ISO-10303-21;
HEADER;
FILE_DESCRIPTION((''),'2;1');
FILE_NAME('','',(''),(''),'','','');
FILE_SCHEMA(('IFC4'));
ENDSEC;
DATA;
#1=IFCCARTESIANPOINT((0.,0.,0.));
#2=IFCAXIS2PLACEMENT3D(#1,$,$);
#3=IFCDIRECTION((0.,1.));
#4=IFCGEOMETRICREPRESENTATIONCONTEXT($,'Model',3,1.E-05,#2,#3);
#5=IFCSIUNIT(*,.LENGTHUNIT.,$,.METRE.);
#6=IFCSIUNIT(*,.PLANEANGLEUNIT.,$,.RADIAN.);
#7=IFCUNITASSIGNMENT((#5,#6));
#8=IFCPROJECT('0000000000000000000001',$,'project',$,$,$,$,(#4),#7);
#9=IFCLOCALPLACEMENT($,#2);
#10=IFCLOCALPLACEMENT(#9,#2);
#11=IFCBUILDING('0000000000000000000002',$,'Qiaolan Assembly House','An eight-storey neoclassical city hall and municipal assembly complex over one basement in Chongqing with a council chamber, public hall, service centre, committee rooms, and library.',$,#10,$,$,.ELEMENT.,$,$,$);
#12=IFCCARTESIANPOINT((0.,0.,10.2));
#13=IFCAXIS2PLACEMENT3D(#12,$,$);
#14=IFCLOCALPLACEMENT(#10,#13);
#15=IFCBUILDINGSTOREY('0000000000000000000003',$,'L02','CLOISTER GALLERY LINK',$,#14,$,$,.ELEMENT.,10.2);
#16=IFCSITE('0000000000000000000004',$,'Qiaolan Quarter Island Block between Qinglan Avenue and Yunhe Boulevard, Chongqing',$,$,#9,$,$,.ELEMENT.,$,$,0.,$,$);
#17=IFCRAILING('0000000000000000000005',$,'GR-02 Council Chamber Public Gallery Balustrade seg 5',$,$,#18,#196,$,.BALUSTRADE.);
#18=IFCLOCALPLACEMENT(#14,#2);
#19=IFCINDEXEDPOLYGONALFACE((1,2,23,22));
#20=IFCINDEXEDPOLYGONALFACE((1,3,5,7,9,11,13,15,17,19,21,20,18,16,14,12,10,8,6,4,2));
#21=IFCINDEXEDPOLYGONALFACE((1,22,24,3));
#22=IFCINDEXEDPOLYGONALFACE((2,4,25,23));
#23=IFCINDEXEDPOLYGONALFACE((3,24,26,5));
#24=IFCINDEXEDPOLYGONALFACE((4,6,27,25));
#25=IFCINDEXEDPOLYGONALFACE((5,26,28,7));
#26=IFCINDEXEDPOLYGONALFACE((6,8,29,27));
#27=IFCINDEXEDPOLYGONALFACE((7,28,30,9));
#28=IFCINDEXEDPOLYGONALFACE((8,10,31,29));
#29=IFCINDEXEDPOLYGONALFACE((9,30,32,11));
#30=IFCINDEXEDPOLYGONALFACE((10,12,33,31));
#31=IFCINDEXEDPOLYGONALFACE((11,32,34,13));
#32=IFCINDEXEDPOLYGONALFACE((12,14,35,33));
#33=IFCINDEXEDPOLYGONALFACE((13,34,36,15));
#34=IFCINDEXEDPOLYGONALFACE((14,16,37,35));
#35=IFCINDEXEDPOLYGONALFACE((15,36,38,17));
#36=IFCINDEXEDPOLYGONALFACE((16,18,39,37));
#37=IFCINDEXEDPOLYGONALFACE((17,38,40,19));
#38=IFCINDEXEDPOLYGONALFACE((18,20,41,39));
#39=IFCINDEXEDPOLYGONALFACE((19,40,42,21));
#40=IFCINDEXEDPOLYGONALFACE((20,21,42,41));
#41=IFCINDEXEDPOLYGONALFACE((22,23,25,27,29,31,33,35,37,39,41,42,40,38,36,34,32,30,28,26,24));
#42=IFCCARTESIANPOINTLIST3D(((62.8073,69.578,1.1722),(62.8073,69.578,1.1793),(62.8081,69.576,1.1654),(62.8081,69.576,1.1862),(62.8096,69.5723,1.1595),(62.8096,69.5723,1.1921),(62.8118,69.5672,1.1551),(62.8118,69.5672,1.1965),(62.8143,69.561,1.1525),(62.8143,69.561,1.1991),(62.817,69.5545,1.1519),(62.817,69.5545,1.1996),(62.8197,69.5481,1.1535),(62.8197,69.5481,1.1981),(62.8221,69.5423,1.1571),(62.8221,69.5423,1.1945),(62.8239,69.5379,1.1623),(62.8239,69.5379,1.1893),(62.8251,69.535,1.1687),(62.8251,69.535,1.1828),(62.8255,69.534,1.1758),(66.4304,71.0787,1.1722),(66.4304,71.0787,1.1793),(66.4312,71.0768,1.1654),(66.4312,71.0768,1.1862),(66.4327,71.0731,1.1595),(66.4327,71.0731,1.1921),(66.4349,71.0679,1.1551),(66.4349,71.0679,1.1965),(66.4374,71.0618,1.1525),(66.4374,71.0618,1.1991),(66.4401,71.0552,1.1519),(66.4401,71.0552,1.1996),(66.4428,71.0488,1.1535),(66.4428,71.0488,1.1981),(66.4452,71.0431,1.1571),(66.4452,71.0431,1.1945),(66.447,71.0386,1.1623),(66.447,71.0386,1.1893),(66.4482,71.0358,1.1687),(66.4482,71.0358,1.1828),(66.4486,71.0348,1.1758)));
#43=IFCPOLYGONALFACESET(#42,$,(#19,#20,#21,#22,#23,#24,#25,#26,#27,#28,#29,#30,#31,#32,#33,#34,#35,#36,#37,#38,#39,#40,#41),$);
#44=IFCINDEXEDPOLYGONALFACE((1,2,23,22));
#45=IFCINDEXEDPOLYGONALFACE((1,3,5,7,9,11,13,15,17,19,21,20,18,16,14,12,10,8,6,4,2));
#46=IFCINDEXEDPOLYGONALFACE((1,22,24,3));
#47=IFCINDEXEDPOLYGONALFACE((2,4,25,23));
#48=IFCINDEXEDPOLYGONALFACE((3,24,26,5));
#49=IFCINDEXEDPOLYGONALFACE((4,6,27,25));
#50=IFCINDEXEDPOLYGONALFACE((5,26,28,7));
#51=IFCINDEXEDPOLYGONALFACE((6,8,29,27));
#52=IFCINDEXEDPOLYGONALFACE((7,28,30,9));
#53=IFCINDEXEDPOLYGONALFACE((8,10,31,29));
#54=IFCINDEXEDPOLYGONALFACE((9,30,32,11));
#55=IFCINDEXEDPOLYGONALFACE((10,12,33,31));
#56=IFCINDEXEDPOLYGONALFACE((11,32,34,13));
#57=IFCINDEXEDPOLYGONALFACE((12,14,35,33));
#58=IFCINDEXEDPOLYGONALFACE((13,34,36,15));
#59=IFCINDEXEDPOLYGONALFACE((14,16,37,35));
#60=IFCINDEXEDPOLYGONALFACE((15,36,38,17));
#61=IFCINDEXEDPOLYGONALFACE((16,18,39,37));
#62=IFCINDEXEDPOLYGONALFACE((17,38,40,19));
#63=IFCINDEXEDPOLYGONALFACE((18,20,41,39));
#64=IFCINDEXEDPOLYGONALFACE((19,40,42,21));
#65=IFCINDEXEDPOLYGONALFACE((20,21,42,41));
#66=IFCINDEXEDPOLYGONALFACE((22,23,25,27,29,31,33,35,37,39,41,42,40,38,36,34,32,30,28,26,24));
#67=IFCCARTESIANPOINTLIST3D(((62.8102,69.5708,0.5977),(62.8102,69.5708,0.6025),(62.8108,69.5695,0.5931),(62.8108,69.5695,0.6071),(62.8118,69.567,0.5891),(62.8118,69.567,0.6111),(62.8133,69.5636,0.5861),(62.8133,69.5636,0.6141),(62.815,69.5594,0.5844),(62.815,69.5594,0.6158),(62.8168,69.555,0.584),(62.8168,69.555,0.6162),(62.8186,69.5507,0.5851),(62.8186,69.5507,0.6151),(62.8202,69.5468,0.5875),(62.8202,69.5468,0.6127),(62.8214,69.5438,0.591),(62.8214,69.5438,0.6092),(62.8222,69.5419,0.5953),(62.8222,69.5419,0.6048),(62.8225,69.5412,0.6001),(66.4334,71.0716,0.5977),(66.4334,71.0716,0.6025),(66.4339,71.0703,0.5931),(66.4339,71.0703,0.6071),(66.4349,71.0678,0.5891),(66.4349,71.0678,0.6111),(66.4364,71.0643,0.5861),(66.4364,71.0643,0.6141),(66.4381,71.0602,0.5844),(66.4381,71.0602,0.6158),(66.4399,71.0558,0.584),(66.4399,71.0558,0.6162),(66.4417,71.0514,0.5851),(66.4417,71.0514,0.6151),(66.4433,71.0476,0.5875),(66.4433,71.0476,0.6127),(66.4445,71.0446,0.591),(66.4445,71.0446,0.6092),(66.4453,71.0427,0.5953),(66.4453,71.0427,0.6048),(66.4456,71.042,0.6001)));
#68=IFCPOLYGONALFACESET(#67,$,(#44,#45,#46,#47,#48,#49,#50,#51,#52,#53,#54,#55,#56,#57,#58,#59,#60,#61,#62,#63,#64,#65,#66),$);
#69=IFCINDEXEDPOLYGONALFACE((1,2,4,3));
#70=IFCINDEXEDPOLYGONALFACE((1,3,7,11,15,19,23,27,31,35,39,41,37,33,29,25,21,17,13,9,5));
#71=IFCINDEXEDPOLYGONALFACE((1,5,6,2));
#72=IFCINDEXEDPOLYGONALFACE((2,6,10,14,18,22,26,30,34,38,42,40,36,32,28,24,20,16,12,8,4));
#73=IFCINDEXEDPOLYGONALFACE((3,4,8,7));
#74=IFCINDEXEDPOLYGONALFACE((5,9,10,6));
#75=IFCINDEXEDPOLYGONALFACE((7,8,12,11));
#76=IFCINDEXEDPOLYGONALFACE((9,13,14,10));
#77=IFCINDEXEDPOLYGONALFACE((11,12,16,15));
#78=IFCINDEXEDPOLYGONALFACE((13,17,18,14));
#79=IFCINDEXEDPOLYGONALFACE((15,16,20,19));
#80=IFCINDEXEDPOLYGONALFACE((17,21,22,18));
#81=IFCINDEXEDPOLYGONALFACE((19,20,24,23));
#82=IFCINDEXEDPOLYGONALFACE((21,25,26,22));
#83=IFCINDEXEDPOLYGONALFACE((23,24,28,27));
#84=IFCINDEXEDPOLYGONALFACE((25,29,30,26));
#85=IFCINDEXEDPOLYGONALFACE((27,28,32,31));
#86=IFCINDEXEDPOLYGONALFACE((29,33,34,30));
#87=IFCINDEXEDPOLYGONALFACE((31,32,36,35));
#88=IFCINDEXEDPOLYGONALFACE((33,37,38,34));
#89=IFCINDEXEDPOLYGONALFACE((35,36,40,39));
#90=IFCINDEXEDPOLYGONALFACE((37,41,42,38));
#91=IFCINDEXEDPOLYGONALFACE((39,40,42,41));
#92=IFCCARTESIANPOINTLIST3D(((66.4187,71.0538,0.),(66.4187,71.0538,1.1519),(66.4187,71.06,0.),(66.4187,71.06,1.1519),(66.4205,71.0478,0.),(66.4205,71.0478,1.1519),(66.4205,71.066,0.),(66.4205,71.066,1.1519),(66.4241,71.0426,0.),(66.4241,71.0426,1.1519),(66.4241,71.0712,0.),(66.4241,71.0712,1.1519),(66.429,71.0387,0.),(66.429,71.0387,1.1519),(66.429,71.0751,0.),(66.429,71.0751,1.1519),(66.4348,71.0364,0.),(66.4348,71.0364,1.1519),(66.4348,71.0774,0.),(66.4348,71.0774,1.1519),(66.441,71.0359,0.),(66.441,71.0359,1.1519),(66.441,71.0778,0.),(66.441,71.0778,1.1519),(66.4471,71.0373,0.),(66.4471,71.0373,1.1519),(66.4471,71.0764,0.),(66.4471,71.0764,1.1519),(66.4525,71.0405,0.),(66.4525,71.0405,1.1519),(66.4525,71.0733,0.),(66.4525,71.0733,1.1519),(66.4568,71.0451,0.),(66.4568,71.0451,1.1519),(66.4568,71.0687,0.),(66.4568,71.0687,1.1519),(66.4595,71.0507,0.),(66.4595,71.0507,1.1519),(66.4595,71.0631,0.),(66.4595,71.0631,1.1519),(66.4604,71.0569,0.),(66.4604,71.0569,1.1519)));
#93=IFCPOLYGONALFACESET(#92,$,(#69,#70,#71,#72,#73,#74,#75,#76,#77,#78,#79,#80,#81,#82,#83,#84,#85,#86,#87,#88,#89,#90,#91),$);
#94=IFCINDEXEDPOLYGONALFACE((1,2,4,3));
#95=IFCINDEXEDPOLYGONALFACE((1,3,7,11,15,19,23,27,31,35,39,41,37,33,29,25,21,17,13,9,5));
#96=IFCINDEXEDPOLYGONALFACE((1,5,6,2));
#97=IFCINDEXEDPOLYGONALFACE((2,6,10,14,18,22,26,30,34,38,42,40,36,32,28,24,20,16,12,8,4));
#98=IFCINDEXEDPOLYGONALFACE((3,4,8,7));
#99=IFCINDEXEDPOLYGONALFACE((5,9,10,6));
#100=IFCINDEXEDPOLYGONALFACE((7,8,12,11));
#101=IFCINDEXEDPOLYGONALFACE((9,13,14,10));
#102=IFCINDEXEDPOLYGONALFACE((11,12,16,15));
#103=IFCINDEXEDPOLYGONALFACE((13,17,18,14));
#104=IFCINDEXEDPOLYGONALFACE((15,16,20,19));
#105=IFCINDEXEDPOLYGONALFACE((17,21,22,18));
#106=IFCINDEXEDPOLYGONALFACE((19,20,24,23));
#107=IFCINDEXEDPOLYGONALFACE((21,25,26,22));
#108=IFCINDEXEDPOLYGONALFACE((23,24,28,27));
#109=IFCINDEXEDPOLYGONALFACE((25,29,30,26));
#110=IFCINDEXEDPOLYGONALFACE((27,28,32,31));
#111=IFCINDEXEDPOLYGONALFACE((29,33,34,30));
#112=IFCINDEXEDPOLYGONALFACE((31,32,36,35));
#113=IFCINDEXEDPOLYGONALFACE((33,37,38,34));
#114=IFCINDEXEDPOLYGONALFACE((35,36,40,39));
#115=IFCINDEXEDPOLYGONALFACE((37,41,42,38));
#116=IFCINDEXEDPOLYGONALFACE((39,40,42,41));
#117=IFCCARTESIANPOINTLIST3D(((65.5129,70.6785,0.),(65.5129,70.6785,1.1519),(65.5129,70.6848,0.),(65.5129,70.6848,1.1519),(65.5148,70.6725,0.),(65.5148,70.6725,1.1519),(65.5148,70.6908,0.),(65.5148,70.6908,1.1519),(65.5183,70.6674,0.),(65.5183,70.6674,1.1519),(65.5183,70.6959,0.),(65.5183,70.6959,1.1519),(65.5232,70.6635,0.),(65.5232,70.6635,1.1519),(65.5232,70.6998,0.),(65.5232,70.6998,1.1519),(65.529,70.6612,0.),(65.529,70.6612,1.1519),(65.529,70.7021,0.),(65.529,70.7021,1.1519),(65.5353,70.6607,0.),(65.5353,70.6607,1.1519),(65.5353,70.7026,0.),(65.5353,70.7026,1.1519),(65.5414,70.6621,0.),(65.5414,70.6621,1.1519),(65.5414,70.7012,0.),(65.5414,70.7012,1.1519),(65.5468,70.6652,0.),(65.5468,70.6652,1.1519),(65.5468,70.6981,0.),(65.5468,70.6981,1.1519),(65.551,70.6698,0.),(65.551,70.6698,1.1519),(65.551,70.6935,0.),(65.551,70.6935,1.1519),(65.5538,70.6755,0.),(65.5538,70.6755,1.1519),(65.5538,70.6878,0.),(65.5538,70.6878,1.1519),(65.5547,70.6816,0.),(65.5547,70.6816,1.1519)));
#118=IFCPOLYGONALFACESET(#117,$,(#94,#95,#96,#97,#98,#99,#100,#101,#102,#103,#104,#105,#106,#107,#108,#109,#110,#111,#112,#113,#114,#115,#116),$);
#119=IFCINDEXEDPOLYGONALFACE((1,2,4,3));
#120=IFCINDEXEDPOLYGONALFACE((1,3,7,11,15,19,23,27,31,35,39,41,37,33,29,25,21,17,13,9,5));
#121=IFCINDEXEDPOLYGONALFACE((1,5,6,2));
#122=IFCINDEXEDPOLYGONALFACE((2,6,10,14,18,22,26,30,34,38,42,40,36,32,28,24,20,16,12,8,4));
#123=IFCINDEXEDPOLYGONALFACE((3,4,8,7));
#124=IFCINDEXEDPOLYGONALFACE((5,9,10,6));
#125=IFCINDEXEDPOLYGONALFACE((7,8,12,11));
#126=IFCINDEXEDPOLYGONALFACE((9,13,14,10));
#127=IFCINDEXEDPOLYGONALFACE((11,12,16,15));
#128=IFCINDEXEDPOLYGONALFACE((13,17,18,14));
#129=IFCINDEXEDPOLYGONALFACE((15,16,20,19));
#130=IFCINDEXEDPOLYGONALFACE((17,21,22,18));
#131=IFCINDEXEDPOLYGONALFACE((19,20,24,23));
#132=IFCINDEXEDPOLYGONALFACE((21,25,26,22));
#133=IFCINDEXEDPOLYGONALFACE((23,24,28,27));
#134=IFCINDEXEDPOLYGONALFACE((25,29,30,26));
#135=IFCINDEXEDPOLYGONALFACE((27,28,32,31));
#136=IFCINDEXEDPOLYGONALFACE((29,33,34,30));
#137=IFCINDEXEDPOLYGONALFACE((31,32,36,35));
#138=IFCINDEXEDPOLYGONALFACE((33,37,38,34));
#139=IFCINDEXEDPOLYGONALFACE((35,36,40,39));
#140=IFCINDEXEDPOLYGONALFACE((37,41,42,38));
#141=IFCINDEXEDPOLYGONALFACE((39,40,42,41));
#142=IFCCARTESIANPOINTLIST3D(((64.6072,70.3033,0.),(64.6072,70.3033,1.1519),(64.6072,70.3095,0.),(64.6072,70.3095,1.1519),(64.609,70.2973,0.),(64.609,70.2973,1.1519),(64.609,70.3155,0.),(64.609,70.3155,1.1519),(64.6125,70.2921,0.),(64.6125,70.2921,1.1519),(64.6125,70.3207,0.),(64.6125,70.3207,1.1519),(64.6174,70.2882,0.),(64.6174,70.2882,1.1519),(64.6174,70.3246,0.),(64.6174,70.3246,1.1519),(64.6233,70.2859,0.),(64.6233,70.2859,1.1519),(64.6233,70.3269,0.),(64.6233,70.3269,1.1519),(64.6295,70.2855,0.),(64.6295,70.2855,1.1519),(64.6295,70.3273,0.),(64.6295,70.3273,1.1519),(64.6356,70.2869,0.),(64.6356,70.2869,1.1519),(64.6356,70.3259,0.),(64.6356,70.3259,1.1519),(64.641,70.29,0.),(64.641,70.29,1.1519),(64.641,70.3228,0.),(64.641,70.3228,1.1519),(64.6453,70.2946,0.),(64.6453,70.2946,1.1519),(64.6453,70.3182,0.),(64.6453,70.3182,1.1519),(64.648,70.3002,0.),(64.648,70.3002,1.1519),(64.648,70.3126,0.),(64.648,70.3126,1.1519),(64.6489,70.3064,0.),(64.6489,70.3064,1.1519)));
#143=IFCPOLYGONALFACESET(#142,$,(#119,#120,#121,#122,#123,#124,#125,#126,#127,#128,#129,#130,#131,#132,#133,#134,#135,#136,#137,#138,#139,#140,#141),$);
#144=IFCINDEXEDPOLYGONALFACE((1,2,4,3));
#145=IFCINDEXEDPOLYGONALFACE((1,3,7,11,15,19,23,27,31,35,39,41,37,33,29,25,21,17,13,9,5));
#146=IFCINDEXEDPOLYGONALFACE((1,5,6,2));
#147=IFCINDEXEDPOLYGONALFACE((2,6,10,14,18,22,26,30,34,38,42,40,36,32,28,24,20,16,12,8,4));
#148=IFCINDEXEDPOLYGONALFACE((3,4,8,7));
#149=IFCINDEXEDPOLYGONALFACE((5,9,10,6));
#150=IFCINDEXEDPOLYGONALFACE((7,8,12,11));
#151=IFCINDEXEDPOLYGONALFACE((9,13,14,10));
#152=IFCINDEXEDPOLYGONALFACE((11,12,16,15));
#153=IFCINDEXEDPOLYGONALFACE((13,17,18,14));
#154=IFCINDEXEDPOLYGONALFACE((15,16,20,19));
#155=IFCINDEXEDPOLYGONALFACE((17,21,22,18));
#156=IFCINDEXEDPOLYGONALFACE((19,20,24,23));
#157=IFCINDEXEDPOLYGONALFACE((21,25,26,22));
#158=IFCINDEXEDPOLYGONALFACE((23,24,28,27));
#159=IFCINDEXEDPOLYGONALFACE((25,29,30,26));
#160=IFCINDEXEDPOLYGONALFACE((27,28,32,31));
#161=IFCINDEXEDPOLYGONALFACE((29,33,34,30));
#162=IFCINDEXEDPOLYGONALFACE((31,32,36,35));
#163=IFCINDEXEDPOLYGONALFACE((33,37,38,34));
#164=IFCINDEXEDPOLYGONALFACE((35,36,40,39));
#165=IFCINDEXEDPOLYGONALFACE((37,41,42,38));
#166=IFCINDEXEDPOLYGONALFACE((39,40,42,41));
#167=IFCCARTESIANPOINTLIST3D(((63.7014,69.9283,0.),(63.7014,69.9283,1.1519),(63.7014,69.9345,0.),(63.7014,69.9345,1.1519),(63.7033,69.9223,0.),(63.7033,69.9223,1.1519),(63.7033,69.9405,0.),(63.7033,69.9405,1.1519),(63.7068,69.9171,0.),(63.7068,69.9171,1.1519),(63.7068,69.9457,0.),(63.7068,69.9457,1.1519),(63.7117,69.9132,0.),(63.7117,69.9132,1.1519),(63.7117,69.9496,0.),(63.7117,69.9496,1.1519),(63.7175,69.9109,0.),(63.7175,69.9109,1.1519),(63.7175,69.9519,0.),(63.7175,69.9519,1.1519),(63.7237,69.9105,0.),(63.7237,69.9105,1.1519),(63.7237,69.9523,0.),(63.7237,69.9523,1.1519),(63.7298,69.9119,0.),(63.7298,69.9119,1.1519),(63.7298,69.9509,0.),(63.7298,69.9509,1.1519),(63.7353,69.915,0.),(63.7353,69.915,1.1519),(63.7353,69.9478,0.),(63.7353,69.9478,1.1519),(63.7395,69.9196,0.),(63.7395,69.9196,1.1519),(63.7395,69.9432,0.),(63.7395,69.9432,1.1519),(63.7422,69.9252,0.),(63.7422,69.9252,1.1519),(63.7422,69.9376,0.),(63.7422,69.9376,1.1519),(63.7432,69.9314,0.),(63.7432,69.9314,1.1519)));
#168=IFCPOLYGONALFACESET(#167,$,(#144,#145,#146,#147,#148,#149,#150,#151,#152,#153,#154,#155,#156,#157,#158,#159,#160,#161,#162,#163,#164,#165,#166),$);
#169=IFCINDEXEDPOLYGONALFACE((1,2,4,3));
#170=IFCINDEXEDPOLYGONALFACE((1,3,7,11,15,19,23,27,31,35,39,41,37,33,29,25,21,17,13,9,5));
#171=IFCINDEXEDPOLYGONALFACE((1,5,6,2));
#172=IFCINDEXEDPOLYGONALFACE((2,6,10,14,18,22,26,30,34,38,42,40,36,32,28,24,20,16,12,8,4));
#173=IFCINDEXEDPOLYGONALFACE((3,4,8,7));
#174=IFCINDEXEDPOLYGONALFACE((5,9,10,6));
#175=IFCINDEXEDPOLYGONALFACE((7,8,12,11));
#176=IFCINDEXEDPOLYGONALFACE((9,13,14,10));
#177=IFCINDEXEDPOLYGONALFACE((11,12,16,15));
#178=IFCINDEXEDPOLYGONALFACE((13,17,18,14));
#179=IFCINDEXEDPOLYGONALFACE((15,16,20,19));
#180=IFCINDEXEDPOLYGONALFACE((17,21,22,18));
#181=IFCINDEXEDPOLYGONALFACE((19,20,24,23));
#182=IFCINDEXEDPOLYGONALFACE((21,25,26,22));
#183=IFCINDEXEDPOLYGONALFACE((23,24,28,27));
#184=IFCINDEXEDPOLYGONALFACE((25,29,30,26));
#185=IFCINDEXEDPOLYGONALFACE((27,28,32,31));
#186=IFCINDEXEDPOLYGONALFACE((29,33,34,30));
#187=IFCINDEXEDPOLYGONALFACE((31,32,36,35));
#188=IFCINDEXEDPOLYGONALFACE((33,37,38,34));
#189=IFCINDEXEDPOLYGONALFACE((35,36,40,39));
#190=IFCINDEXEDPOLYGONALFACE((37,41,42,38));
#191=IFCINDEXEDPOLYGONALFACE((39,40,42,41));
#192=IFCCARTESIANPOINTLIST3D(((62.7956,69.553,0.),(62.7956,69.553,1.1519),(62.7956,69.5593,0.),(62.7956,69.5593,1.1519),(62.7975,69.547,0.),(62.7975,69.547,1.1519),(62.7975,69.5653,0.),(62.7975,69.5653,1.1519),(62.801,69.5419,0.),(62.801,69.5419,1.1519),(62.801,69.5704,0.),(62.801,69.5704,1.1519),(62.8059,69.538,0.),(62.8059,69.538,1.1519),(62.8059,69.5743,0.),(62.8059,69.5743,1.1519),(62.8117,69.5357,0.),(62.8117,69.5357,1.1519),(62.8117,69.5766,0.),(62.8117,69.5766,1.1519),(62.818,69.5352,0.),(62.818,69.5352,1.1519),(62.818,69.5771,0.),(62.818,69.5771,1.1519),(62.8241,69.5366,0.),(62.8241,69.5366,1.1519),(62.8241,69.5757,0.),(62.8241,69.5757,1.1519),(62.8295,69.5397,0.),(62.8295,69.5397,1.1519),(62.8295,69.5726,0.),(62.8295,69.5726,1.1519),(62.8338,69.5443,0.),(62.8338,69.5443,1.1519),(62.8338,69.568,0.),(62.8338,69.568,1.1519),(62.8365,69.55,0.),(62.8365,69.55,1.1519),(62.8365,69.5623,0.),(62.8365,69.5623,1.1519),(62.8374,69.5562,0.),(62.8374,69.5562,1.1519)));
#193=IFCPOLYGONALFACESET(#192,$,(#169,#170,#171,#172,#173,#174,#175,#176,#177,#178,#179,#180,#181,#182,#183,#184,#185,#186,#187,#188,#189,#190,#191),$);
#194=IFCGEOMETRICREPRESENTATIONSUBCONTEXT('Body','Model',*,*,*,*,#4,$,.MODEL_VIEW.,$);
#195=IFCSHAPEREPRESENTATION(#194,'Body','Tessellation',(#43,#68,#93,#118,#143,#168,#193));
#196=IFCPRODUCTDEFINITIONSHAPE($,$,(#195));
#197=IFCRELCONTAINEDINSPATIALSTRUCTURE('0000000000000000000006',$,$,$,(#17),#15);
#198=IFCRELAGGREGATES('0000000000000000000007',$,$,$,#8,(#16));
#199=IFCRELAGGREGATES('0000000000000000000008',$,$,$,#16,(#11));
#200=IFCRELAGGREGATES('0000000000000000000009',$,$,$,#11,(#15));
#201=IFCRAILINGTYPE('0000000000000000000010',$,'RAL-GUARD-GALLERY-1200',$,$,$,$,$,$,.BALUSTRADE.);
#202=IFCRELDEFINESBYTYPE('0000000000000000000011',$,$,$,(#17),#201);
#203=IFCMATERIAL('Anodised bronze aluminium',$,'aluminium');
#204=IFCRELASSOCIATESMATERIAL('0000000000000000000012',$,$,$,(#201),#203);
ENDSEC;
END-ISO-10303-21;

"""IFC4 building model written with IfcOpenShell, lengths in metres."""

from ifc_helpers import new_model, si_unit, direction, frame, origin, origin_2d, place, context, subcontext, project, spatial, circle, extrude, material, type_object, element, save


model = new_model("IFC4")

# Units and contexts
model_context = context("Model", 3, precision=1e-05, world=origin(), true_north=direction((0.0, 1.0)))
body_context = subcontext(model_context, "Body", "Model", "MODEL_VIEW")
ifc_project = project(units=[si_unit("LENGTHUNIT", "METRE"), si_unit("PLANEANGLEUNIT", "RADIAN")], contexts=[model_context])

# Site, building, storey
site_placement = place(None, origin())
site = spatial("IfcSite", under=ifc_project, at=site_placement, Name="Qiaolan Quarter Island Block between Qinglan Avenue and Yunhe Boulevard, Chongqing", CompositionType="ELEMENT", RefElevation=0.0)
building_placement = place(site_placement, origin())
building = spatial("IfcBuilding", under=site, at=building_placement, Name="Qiaolan Assembly House", Description="An eight-storey neoclassical city hall and municipal assembly complex over one basement in Chongqing with a council chamber, public hall, service centre, committee rooms, and library.", CompositionType="ELEMENT")
storey_placement = place(building_placement, frame((0.0, 0.0, 10.2)))
storey = spatial("IfcBuildingStorey", under=building, at=storey_placement, Name="L02", Description="CLOISTER GALLERY LINK", CompositionType="ELEMENT", Elevation=10.2)

# Railing
ifc_material_1 = material(Name="Anodised bronze aluminium", Category="aluminium")
railing_type = type_object("IfcRailingType", Name="RAL-GUARD-GALLERY-1200", PredefinedType="BALUSTRADE", material=ifc_material_1)
railing_1_placement = place(storey_placement, frame((66.4395, 71.0569, 0.0)))
element("IfcRailing", 1, at=railing_1_placement, inside=storey, type_object=railing_type, Name="GR-02 Council Chamber Public Gallery Balustrade seg 5", PredefinedType="BALUSTRADE", context=body_context, shape_type="SweptSolid", body=[
    extrude(circle(Radius=0.0239, at=origin_2d()), frame((0.0, 0.0, 1.1758), z_axis=(-0.923878, -0.382687, 0.0), x_axis=(0.382687, -0.923878, 0.0)), (0.0, 0.0, 1.0), 3.9216),
    extrude(circle(Radius=0.0161, at=origin_2d()), frame((0.0, 0.0, 0.6001), z_axis=(-0.923878, -0.382687, 0.0), x_axis=(0.382687, -0.923878, 0.0)), (0.0, 0.0, 1.0), 3.9216),
    extrude(circle(Radius=0.021, at=origin_2d()), origin(), (0.0, 0.0, 1.0), 1.1519),
    extrude(circle(Radius=0.021, at=origin_2d()), frame((-0.9058, -0.3752, 0.0)), (0.0, 0.0, 1.0), 1.1519),
    extrude(circle(Radius=0.021, at=origin_2d()), frame((-1.8115, -0.7505, 0.0)), (0.0, 0.0, 1.0), 1.1519),
    extrude(circle(Radius=0.021, at=origin_2d()), frame((-2.7173, -1.1255, 0.0)), (0.0, 0.0, 1.0), 1.1519),
    extrude(circle(Radius=0.021, at=origin_2d()), frame((-3.623, -1.5007, 0.0)), (0.0, 0.0, 1.0), 1.1519),
])

save(model, "model.ifc")
